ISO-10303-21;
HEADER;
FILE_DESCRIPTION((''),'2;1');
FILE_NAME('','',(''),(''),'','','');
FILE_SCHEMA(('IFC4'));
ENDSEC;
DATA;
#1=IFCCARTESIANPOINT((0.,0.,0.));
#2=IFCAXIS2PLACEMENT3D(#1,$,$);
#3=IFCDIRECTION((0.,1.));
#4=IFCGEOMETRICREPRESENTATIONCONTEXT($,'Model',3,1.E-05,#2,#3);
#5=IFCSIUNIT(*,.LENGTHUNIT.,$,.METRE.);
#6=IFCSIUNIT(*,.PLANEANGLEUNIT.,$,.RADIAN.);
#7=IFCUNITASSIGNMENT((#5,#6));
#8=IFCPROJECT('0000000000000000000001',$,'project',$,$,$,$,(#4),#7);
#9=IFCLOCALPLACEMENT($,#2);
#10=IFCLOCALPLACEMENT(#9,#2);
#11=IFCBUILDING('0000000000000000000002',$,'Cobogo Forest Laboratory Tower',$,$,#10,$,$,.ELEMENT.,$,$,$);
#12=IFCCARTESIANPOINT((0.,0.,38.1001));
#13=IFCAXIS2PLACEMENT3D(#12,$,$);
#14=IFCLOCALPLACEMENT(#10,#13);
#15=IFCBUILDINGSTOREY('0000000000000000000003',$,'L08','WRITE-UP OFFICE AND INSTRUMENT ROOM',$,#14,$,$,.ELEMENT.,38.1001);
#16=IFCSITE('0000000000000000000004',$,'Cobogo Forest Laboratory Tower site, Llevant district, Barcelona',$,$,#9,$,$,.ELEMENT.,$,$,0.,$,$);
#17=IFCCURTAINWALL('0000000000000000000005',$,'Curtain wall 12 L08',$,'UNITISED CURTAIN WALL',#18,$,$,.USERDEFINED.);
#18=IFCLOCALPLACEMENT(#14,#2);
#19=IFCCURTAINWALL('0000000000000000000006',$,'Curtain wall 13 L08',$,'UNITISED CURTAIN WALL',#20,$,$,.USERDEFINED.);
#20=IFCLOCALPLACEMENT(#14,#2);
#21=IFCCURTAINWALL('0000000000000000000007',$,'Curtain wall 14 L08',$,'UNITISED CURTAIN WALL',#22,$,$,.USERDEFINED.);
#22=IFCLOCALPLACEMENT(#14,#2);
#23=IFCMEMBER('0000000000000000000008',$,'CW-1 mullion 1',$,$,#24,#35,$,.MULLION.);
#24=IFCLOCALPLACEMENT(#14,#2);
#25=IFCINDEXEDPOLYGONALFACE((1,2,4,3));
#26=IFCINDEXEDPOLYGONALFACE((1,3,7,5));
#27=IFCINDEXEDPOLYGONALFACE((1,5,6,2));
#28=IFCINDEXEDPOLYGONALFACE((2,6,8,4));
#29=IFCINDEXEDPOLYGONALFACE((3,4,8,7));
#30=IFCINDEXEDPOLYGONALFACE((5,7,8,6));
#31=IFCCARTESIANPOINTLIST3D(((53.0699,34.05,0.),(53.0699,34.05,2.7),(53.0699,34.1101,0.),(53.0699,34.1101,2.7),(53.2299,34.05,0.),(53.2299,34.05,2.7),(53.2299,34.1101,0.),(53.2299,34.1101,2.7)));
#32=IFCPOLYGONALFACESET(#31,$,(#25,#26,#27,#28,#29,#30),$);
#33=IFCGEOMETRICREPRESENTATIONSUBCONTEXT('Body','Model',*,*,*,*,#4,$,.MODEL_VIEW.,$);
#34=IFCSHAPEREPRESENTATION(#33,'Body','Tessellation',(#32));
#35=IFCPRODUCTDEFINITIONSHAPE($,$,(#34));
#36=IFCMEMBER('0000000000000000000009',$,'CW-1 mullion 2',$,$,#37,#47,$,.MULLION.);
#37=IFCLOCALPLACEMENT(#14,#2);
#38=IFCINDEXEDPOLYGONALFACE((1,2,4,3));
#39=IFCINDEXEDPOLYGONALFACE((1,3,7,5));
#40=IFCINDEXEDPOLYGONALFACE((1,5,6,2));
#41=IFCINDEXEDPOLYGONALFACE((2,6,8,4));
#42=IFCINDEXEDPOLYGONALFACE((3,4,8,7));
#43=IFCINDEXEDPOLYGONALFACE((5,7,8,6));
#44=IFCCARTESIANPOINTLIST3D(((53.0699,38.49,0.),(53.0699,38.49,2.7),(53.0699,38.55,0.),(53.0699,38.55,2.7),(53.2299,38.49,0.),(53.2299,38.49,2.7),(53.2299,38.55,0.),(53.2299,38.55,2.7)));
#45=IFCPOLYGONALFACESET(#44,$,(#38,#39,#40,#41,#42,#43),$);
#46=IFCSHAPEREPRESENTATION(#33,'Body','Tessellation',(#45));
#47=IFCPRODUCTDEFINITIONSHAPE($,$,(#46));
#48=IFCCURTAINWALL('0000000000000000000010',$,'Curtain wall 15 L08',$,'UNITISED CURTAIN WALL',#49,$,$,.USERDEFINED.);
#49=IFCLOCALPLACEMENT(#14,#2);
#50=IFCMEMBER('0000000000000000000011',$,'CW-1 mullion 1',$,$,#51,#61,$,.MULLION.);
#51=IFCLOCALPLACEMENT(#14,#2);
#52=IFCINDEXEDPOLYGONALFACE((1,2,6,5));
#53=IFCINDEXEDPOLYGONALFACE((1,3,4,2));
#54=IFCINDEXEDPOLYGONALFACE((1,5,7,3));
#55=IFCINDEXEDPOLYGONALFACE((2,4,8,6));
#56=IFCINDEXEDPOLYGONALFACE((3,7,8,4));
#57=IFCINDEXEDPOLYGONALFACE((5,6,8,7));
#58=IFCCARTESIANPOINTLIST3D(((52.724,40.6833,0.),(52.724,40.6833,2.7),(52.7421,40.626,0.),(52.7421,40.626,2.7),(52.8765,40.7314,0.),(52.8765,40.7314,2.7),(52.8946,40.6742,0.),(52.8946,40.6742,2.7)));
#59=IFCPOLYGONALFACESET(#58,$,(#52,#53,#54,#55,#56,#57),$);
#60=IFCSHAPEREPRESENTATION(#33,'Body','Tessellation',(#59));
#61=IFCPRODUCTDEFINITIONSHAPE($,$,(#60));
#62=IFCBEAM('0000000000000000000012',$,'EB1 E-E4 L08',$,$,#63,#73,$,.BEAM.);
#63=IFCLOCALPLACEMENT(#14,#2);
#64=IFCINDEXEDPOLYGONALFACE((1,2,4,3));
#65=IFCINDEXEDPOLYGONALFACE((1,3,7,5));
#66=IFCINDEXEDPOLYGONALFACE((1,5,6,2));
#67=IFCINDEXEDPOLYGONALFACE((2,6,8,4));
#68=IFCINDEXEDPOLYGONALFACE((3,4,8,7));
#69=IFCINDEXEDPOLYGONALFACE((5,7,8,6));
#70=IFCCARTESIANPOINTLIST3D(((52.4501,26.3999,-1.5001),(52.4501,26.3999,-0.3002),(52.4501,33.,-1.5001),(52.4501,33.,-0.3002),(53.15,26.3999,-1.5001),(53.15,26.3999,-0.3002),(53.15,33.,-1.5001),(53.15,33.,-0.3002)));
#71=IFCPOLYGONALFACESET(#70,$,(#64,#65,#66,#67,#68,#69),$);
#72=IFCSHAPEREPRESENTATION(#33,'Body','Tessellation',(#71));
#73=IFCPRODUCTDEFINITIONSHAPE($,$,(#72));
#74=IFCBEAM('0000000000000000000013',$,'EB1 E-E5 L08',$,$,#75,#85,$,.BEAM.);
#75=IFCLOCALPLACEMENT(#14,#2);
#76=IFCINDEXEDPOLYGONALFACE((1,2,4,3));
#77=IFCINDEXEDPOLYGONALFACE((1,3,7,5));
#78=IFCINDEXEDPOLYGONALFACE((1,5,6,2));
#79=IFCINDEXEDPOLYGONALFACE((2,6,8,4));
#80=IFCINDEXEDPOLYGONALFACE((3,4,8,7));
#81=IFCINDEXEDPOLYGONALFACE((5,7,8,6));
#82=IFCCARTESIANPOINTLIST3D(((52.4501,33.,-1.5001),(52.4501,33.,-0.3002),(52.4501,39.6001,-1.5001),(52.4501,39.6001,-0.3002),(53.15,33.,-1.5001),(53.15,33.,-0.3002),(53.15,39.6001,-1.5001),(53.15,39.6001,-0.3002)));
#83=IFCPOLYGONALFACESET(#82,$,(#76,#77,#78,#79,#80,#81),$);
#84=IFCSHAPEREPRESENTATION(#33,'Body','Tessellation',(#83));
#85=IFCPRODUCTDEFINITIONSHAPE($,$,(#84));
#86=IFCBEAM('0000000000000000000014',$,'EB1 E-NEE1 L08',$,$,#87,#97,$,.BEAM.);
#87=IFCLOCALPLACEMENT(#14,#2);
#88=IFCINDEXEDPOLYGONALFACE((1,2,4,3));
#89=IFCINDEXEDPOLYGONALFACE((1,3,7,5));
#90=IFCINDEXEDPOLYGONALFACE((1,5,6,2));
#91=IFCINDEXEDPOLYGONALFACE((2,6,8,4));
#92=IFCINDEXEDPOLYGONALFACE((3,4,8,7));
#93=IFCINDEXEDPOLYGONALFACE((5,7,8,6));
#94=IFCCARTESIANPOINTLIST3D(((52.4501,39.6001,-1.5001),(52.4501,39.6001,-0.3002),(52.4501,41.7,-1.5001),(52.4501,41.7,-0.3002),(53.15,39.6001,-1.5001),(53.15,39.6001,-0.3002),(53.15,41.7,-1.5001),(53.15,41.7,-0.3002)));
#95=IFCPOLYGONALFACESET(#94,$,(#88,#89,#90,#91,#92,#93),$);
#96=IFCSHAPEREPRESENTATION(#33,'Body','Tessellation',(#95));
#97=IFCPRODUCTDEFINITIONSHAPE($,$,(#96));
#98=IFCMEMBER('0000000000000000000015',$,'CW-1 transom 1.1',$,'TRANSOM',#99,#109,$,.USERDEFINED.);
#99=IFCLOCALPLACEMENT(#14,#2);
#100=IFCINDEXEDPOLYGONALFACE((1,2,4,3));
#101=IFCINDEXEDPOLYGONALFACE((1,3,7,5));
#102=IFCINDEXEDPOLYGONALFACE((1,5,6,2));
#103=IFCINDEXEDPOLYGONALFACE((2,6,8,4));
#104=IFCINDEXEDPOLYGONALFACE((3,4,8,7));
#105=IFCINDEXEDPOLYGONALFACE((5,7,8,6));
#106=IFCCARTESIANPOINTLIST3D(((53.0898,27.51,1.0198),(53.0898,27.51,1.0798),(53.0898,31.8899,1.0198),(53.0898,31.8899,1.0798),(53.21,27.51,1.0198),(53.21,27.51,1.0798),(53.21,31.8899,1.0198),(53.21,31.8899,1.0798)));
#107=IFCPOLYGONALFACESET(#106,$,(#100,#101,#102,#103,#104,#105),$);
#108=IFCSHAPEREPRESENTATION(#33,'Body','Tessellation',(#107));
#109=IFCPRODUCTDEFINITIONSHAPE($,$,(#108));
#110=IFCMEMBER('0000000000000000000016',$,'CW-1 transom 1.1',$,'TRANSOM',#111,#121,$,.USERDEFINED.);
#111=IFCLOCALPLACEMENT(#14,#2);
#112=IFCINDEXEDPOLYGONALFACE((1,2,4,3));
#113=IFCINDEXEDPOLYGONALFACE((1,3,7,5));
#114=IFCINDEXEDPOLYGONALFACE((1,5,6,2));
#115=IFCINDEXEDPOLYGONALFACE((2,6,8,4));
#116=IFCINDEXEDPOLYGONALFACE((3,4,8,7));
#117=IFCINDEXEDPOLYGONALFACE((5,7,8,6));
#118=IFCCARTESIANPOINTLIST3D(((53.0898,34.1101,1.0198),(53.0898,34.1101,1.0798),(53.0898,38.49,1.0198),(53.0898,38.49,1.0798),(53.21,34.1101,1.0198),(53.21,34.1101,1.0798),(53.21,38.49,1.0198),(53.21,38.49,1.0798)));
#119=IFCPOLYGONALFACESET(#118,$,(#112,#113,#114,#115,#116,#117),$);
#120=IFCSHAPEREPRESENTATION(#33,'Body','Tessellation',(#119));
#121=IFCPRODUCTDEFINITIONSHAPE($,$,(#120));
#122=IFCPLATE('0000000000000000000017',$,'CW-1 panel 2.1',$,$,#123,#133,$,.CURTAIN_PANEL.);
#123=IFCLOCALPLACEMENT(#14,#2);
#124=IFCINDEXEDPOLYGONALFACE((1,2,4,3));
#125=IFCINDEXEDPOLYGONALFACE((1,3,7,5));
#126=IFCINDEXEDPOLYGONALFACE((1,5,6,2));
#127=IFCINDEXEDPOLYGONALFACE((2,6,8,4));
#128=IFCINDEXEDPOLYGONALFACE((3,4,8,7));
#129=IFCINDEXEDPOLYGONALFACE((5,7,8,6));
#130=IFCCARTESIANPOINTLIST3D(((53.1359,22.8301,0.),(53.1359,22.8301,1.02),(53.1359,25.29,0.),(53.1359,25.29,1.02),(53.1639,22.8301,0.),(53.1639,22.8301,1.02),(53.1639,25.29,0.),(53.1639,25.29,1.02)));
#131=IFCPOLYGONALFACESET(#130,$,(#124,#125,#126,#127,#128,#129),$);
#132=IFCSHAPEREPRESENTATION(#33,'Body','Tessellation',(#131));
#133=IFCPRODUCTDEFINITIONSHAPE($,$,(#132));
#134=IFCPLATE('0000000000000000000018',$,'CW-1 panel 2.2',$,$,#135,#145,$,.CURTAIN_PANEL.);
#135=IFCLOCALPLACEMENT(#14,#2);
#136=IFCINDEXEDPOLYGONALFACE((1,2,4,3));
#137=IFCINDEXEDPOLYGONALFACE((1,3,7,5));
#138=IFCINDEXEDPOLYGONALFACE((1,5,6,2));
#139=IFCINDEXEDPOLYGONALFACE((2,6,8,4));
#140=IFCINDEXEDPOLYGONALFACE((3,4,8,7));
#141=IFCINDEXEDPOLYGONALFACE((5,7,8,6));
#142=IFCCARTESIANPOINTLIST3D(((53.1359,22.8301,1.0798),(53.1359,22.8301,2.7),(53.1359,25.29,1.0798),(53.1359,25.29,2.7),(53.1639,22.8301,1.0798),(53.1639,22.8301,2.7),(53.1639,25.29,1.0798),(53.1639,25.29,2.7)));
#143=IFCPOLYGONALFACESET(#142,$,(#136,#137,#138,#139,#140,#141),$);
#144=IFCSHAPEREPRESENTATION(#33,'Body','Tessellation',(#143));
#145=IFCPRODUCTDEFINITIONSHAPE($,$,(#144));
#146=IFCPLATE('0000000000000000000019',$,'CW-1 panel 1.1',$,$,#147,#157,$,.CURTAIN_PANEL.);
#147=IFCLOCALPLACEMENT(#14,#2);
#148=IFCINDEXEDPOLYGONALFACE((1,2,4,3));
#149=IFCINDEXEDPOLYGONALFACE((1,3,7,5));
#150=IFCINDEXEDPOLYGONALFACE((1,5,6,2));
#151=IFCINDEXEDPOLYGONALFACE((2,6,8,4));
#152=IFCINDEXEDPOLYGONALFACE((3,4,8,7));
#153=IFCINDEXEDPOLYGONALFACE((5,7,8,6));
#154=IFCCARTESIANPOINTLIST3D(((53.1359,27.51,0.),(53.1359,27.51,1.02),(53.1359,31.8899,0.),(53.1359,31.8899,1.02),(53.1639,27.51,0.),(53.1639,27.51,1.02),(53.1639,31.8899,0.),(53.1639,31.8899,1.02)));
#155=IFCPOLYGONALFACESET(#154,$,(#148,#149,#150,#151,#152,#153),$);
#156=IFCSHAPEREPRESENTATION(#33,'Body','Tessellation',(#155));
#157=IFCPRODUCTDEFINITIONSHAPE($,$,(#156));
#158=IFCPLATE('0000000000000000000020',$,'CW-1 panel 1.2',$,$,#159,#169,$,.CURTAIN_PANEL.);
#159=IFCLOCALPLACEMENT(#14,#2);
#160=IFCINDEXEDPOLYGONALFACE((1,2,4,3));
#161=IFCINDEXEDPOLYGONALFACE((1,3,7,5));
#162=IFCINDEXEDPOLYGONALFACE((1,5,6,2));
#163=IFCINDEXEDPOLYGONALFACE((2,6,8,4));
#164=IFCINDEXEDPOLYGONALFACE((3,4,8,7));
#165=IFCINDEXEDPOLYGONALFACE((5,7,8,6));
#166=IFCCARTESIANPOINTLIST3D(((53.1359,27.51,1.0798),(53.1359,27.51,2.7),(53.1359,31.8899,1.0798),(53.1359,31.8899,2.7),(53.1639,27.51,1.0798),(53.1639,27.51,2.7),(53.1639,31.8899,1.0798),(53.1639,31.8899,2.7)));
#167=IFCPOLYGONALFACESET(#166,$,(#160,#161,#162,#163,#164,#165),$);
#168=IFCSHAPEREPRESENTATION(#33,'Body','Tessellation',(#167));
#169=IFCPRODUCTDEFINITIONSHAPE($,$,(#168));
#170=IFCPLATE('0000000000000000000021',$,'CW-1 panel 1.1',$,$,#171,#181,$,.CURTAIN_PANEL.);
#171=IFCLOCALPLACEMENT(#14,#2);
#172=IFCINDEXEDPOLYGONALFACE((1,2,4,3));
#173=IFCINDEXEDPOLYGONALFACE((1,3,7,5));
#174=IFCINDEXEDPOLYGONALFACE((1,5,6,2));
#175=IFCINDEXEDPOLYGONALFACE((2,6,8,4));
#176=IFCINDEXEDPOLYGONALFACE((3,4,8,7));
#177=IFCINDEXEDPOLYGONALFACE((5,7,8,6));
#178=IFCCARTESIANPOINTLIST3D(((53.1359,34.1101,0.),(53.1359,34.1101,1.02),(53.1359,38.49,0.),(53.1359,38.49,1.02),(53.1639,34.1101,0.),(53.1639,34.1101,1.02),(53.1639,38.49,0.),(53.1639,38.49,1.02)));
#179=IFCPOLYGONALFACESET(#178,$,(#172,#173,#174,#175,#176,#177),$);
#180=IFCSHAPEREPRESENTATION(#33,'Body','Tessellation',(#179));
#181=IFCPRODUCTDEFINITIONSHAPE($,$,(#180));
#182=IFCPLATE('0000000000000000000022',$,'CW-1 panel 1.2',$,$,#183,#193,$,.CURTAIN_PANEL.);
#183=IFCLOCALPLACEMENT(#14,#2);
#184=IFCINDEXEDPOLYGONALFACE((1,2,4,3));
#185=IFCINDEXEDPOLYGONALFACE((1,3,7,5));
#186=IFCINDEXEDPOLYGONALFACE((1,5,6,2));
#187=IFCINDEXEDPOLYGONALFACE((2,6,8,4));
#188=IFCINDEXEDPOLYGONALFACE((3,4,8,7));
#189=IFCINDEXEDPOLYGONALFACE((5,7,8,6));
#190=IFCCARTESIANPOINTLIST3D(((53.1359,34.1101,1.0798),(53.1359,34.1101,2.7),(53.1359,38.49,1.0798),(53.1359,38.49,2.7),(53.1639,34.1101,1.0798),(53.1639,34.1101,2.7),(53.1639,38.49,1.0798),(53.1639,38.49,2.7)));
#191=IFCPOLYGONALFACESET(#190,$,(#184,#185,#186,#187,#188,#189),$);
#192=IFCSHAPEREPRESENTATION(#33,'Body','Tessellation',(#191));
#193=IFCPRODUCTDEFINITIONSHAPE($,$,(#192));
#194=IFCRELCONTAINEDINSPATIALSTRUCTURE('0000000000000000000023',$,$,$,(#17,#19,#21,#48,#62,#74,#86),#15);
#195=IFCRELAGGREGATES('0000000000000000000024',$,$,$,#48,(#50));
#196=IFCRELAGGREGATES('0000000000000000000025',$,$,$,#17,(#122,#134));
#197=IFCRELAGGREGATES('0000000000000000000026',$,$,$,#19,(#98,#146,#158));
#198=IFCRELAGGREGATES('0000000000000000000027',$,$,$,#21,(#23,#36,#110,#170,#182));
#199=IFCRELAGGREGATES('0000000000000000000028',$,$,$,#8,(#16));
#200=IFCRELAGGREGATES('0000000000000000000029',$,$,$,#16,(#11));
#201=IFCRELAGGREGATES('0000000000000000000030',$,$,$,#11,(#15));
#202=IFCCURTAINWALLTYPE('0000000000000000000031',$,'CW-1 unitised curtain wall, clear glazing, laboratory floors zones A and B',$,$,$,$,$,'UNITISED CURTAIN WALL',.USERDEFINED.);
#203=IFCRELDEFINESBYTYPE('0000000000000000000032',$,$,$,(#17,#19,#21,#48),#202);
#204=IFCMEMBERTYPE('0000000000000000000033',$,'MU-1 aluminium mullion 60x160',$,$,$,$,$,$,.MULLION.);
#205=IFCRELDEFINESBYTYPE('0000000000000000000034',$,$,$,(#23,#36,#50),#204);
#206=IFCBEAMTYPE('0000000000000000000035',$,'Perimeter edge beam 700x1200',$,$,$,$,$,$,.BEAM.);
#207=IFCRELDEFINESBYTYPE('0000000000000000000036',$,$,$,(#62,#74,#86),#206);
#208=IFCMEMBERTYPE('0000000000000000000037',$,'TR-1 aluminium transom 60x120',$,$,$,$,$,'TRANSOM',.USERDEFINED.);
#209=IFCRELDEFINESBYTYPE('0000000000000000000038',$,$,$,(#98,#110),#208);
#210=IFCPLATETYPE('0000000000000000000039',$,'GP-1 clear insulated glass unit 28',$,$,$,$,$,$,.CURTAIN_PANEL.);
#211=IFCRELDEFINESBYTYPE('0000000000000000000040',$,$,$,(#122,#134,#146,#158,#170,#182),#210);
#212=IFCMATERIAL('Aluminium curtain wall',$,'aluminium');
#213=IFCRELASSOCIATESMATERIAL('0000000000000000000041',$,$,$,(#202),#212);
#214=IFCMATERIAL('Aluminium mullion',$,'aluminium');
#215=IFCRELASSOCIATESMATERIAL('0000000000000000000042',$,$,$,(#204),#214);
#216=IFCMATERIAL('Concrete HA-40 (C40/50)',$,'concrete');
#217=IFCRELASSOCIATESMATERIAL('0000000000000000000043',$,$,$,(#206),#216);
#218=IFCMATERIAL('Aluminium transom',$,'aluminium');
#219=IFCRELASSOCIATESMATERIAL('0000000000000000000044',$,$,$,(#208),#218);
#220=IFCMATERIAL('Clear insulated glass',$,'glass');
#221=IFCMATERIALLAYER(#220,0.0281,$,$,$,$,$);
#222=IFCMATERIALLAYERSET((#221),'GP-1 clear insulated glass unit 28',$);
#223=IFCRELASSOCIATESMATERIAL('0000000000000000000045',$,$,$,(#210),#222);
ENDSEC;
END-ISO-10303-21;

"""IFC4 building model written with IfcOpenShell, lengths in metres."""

from ifc_helpers import new_model, si_unit, direction, frame, origin, origin_2d, place, context, subcontext, project, spatial, rectangle, extrude, material, layer, layer_set, material_profile, profile_set, type_object, element, aggregate, save


model = new_model("IFC4")

# Units and contexts
model_context = context("Model", 3, precision=1e-05, world=origin(), true_north=direction((0.0, 1.0)))
body_context = subcontext(model_context, "Body", "Model", "MODEL_VIEW")
ifc_project = project(units=[si_unit("LENGTHUNIT", "METRE"), si_unit("PLANEANGLEUNIT", "RADIAN")], contexts=[model_context])

# Site, building, storey
site_placement = place(None, origin())
site = spatial("IfcSite", under=ifc_project, at=site_placement, Name="Cobogo Forest Laboratory Tower site, Llevant district, Barcelona", CompositionType="ELEMENT", RefElevation=0.0)
building_placement = place(site_placement, origin())
building = spatial("IfcBuilding", under=site, at=building_placement, Name="Cobogo Forest Laboratory Tower", CompositionType="ELEMENT")
storey_placement = place(building_placement, frame((0.0, 0.0, 38.1001)))
storey = spatial("IfcBuildingStorey", under=building, at=storey_placement, Name="L08", Description="WRITE-UP OFFICE AND INSTRUMENT ROOM", CompositionType="ELEMENT", Elevation=38.1001)

# Shared definitions
ifc_material_1 = material(Name="Concrete HA-40 (C40/50)", Category="concrete")

# Curtain wall
ifc_material_2 = material(Name="Aluminium curtain wall", Category="aluminium")
curtain_wall_type = type_object("IfcCurtainWallType", Name="CW-1 unitised curtain wall, clear glazing, laboratory floors zones A and B", ElementType="UNITISED CURTAIN WALL", PredefinedType="USERDEFINED", material=ifc_material_2)
curtain_wall_1_placement = place(storey_placement, origin())
curtain_wall_1 = element("IfcCurtainWall", 1, at=curtain_wall_1_placement, inside=storey, type_object=curtain_wall_type, Name="Curtain wall 12 L08", ObjectType="UNITISED CURTAIN WALL", PredefinedType="USERDEFINED")
ifc_material_3 = material(Name="Aluminium mullion", Category="aluminium")
ifc_material_profile_1 = material_profile(ifc_material_3, rectangle(XDim=0.0601, YDim=0.1599, at=origin_2d()), Name="AL 60x160")
ifc_profile_set_1 = profile_set([ifc_material_profile_1], Name="Aluminium mullion")
member_type_1 = type_object("IfcMemberType", Name="MU-1 aluminium mullion 60x160", PredefinedType="MULLION", material=ifc_profile_set_1)

# Curtain walls, members
curtain_wall_2_placement = place(storey_placement, origin())
curtain_wall_2 = element("IfcCurtainWall", 2, at=curtain_wall_2_placement, inside=storey, type_object=curtain_wall_type, Name="Curtain wall 13 L08", ObjectType="UNITISED CURTAIN WALL", PredefinedType="USERDEFINED")
curtain_wall_3_placement = place(storey_placement, origin())
curtain_wall_3 = element("IfcCurtainWall", 3, at=curtain_wall_3_placement, inside=storey, type_object=curtain_wall_type, Name="Curtain wall 14 L08", ObjectType="UNITISED CURTAIN WALL", PredefinedType="USERDEFINED")
member_1_placement = place(storey_placement, frame((53.1499, 34.0801, 0.0), z_axis=(0.0, 0.0, 1.0), x_axis=(0.0, 1.0, 0.0)))
member_1 = element("IfcMember", 4, at=member_1_placement, type_object=member_type_1, Name="CW-1 mullion 1", PredefinedType="MULLION", context=body_context, shape_type="SweptSolid", body=[
    extrude(rectangle(XDim=0.0601, YDim=0.1599, at=origin_2d()), origin(), (0.0, 0.0, 1.0), 2.7),
])
member_2_placement = place(storey_placement, frame((53.1499, 38.52, 0.0), z_axis=(0.0, 0.0, 1.0), x_axis=(0.0, 1.0, 0.0)))
member_2 = element("IfcMember", 5, at=member_2_placement, type_object=member_type_1, Name="CW-1 mullion 2", PredefinedType="MULLION", context=body_context, shape_type="SweptSolid", body=[
    extrude(rectangle(XDim=0.0601, YDim=0.1599, at=origin_2d()), origin(), (0.0, 0.0, 1.0), 2.7),
])

# Curtain wall, member
curtain_wall_4_placement = place(storey_placement, origin())
curtain_wall_4 = element("IfcCurtainWall", 6, at=curtain_wall_4_placement, inside=storey, type_object=curtain_wall_type, Name="Curtain wall 15 L08", ObjectType="UNITISED CURTAIN WALL", PredefinedType="USERDEFINED")
member_3_placement = place(storey_placement, frame((52.8093, 40.6787, 0.0), z_axis=(0.0, 0.0, 1.0), x_axis=(-0.301135, 0.953581, 0.0)))
member_3 = element("IfcMember", 7, at=member_3_placement, type_object=member_type_1, Name="CW-1 mullion 1", PredefinedType="MULLION", context=body_context, shape_type="SweptSolid", body=[
    extrude(rectangle(XDim=0.0601, YDim=0.1599, at=origin_2d()), origin(), (0.0, 0.0, 1.0), 2.7),
])
aggregate(curtain_wall_4, [member_3])

# Beams
ifc_material_profile_2 = material_profile(ifc_material_1, rectangle(XDim=0.7, YDim=1.2, at=origin_2d()), Name="RC 700x1200")
ifc_profile_set_2 = profile_set([ifc_material_profile_2], Name="Concrete HA-40 (C40/50)")
beam_type_1 = type_object("IfcBeamType", Name="Perimeter edge beam 700x1200", PredefinedType="BEAM", material=ifc_profile_set_2)
for number, where, z_axis, x_axis, name in (
    (8, (52.8, 26.3999, -0.9001), (0.0, 1.0, 0.0), (-1.0, 0.0, 0.0), "EB1 E-E4 L08"),
    (9, (52.8, 33.0, -0.9001), (0.0, 1.0, 0.0), (-1.0, 0.0, 0.0), "EB1 E-E5 L08"),
):
    element("IfcBeam", number, at=place(storey_placement, frame(where, z_axis=z_axis, x_axis=x_axis)), inside=storey, type_object=beam_type_1, Name=name, PredefinedType="BEAM", context=body_context, shape_type="SweptSolid", body=[
        extrude(rectangle(XDim=0.7, YDim=1.2, at=origin_2d()), origin(), (0.0, 0.0, 1.0), 6.6001),
    ])
beam_1_placement = place(storey_placement, frame((52.8, 39.6001, -0.9001), z_axis=(0.0, 1.0, 0.0), x_axis=(-1.0, 0.0, 0.0)))
element("IfcBeam", 10, at=beam_1_placement, inside=storey, type_object=beam_type_1, Name="EB1 E-NEE1 L08", PredefinedType="BEAM", context=body_context, shape_type="SweptSolid", body=[
    extrude(rectangle(XDim=0.7, YDim=1.2, at=origin_2d()), origin(), (0.0, 0.0, 1.0), 2.0999),
])

# Members
ifc_material_4 = material(Name="Aluminium transom", Category="aluminium")
ifc_material_profile_3 = material_profile(ifc_material_4, rectangle(XDim=0.1201, YDim=0.0601, at=origin_2d()), Name="AL 60x120")
ifc_profile_set_3 = profile_set([ifc_material_profile_3], Name="Aluminium transom")
member_type_2 = type_object("IfcMemberType", Name="TR-1 aluminium transom 60x120", ElementType="TRANSOM", PredefinedType="USERDEFINED", material=ifc_profile_set_3)
member_4_placement = place(storey_placement, frame((53.1499, 27.51, 1.0498), z_axis=(0.0, 1.0, 0.0), x_axis=(-1.0, 0.0, 0.0)))
member_4 = element("IfcMember", 11, at=member_4_placement, type_object=member_type_2, Name="CW-1 transom 1.1", ObjectType="TRANSOM", PredefinedType="USERDEFINED", context=body_context, shape_type="SweptSolid", body=[
    extrude(rectangle(XDim=0.1201, YDim=0.0601, at=origin_2d()), origin(), (0.0, 0.0, 1.0), 4.3799),
])
member_5_placement = place(storey_placement, frame((53.1499, 34.1101, 1.0498), z_axis=(0.0, 1.0, 0.0), x_axis=(-1.0, 0.0, 0.0)))
member_5 = element("IfcMember", 12, at=member_5_placement, type_object=member_type_2, Name="CW-1 transom 1.1", ObjectType="TRANSOM", PredefinedType="USERDEFINED", context=body_context, shape_type="SweptSolid", body=[
    extrude(rectangle(XDim=0.1201, YDim=0.0601, at=origin_2d()), origin(), (0.0, 0.0, 1.0), 4.3799),
])

# Plates
ifc_material_5 = material(Name="Clear insulated glass", Category="glass")
ifc_layer_1 = layer(ifc_material_5, 0.0281)
ifc_layer_set_1 = layer_set([ifc_layer_1], Name="GP-1 clear insulated glass unit 28")
plate_type_1 = type_object("IfcPlateType", Name="GP-1 clear insulated glass unit 28", PredefinedType="CURTAIN_PANEL", material=ifc_layer_set_1)
plate_1_placement = place(storey_placement, frame((53.1499, 24.0601, 0.0), z_axis=(0.0, 0.0, 1.0), x_axis=(0.0, 1.0, 0.0)))
plate_1 = element("IfcPlate", 13, at=plate_1_placement, type_object=plate_type_1, Name="CW-1 panel 2.1", PredefinedType="CURTAIN_PANEL", context=body_context, shape_type="SweptSolid", body=[
    extrude(rectangle(XDim=2.46, YDim=0.0281, at=origin_2d()), origin(), (0.0, 0.0, 1.0), 1.02),
])
plate_2_placement = place(storey_placement, frame((53.1499, 24.0601, 1.0798), z_axis=(0.0, 0.0, 1.0), x_axis=(0.0, 1.0, 0.0)))
plate_2 = element("IfcPlate", 14, at=plate_2_placement, type_object=plate_type_1, Name="CW-1 panel 2.2", PredefinedType="CURTAIN_PANEL", context=body_context, shape_type="SweptSolid", body=[
    extrude(rectangle(XDim=2.46, YDim=0.0281, at=origin_2d()), origin(), (0.0, 0.0, 1.0), 1.6201),
])
aggregate(curtain_wall_1, [plate_1, plate_2])
plate_3_placement = place(storey_placement, frame((53.1499, 29.7, 0.0), z_axis=(0.0, 0.0, 1.0), x_axis=(0.0, 1.0, 0.0)))
plate_3 = element("IfcPlate", 15, at=plate_3_placement, type_object=plate_type_1, Name="CW-1 panel 1.1", PredefinedType="CURTAIN_PANEL", context=body_context, shape_type="SweptSolid", body=[
    extrude(rectangle(XDim=4.3799, YDim=0.0281, at=origin_2d()), origin(), (0.0, 0.0, 1.0), 1.02),
])
plate_4_placement = place(storey_placement, frame((53.1499, 29.7, 1.0798), z_axis=(0.0, 0.0, 1.0), x_axis=(0.0, 1.0, 0.0)))
plate_4 = element("IfcPlate", 16, at=plate_4_placement, type_object=plate_type_1, Name="CW-1 panel 1.2", PredefinedType="CURTAIN_PANEL", context=body_context, shape_type="SweptSolid", body=[
    extrude(rectangle(XDim=4.3799, YDim=0.0281, at=origin_2d()), origin(), (0.0, 0.0, 1.0), 1.6201),
])
aggregate(curtain_wall_2, [member_4, plate_3, plate_4])
plate_5_placement = place(storey_placement, frame((53.1499, 36.3, 0.0), z_axis=(0.0, 0.0, 1.0), x_axis=(0.0, 1.0, 0.0)))
plate_5 = element("IfcPlate", 17, at=plate_5_placement, type_object=plate_type_1, Name="CW-1 panel 1.1", PredefinedType="CURTAIN_PANEL", context=body_context, shape_type="SweptSolid", body=[
    extrude(rectangle(XDim=4.3799, YDim=0.0281, at=origin_2d()), origin(), (0.0, 0.0, 1.0), 1.02),
])
plate_6_placement = place(storey_placement, frame((53.1499, 36.3, 1.0798), z_axis=(0.0, 0.0, 1.0), x_axis=(0.0, 1.0, 0.0)))
plate_6 = element("IfcPlate", 18, at=plate_6_placement, type_object=plate_type_1, Name="CW-1 panel 1.2", PredefinedType="CURTAIN_PANEL", context=body_context, shape_type="SweptSolid", body=[
    extrude(rectangle(XDim=4.3799, YDim=0.0281, at=origin_2d()), origin(), (0.0, 0.0, 1.0), 1.6201),
])
aggregate(curtain_wall_3, [member_1, member_2, member_5, plate_5, plate_6])

save(model, "model.ifc")
